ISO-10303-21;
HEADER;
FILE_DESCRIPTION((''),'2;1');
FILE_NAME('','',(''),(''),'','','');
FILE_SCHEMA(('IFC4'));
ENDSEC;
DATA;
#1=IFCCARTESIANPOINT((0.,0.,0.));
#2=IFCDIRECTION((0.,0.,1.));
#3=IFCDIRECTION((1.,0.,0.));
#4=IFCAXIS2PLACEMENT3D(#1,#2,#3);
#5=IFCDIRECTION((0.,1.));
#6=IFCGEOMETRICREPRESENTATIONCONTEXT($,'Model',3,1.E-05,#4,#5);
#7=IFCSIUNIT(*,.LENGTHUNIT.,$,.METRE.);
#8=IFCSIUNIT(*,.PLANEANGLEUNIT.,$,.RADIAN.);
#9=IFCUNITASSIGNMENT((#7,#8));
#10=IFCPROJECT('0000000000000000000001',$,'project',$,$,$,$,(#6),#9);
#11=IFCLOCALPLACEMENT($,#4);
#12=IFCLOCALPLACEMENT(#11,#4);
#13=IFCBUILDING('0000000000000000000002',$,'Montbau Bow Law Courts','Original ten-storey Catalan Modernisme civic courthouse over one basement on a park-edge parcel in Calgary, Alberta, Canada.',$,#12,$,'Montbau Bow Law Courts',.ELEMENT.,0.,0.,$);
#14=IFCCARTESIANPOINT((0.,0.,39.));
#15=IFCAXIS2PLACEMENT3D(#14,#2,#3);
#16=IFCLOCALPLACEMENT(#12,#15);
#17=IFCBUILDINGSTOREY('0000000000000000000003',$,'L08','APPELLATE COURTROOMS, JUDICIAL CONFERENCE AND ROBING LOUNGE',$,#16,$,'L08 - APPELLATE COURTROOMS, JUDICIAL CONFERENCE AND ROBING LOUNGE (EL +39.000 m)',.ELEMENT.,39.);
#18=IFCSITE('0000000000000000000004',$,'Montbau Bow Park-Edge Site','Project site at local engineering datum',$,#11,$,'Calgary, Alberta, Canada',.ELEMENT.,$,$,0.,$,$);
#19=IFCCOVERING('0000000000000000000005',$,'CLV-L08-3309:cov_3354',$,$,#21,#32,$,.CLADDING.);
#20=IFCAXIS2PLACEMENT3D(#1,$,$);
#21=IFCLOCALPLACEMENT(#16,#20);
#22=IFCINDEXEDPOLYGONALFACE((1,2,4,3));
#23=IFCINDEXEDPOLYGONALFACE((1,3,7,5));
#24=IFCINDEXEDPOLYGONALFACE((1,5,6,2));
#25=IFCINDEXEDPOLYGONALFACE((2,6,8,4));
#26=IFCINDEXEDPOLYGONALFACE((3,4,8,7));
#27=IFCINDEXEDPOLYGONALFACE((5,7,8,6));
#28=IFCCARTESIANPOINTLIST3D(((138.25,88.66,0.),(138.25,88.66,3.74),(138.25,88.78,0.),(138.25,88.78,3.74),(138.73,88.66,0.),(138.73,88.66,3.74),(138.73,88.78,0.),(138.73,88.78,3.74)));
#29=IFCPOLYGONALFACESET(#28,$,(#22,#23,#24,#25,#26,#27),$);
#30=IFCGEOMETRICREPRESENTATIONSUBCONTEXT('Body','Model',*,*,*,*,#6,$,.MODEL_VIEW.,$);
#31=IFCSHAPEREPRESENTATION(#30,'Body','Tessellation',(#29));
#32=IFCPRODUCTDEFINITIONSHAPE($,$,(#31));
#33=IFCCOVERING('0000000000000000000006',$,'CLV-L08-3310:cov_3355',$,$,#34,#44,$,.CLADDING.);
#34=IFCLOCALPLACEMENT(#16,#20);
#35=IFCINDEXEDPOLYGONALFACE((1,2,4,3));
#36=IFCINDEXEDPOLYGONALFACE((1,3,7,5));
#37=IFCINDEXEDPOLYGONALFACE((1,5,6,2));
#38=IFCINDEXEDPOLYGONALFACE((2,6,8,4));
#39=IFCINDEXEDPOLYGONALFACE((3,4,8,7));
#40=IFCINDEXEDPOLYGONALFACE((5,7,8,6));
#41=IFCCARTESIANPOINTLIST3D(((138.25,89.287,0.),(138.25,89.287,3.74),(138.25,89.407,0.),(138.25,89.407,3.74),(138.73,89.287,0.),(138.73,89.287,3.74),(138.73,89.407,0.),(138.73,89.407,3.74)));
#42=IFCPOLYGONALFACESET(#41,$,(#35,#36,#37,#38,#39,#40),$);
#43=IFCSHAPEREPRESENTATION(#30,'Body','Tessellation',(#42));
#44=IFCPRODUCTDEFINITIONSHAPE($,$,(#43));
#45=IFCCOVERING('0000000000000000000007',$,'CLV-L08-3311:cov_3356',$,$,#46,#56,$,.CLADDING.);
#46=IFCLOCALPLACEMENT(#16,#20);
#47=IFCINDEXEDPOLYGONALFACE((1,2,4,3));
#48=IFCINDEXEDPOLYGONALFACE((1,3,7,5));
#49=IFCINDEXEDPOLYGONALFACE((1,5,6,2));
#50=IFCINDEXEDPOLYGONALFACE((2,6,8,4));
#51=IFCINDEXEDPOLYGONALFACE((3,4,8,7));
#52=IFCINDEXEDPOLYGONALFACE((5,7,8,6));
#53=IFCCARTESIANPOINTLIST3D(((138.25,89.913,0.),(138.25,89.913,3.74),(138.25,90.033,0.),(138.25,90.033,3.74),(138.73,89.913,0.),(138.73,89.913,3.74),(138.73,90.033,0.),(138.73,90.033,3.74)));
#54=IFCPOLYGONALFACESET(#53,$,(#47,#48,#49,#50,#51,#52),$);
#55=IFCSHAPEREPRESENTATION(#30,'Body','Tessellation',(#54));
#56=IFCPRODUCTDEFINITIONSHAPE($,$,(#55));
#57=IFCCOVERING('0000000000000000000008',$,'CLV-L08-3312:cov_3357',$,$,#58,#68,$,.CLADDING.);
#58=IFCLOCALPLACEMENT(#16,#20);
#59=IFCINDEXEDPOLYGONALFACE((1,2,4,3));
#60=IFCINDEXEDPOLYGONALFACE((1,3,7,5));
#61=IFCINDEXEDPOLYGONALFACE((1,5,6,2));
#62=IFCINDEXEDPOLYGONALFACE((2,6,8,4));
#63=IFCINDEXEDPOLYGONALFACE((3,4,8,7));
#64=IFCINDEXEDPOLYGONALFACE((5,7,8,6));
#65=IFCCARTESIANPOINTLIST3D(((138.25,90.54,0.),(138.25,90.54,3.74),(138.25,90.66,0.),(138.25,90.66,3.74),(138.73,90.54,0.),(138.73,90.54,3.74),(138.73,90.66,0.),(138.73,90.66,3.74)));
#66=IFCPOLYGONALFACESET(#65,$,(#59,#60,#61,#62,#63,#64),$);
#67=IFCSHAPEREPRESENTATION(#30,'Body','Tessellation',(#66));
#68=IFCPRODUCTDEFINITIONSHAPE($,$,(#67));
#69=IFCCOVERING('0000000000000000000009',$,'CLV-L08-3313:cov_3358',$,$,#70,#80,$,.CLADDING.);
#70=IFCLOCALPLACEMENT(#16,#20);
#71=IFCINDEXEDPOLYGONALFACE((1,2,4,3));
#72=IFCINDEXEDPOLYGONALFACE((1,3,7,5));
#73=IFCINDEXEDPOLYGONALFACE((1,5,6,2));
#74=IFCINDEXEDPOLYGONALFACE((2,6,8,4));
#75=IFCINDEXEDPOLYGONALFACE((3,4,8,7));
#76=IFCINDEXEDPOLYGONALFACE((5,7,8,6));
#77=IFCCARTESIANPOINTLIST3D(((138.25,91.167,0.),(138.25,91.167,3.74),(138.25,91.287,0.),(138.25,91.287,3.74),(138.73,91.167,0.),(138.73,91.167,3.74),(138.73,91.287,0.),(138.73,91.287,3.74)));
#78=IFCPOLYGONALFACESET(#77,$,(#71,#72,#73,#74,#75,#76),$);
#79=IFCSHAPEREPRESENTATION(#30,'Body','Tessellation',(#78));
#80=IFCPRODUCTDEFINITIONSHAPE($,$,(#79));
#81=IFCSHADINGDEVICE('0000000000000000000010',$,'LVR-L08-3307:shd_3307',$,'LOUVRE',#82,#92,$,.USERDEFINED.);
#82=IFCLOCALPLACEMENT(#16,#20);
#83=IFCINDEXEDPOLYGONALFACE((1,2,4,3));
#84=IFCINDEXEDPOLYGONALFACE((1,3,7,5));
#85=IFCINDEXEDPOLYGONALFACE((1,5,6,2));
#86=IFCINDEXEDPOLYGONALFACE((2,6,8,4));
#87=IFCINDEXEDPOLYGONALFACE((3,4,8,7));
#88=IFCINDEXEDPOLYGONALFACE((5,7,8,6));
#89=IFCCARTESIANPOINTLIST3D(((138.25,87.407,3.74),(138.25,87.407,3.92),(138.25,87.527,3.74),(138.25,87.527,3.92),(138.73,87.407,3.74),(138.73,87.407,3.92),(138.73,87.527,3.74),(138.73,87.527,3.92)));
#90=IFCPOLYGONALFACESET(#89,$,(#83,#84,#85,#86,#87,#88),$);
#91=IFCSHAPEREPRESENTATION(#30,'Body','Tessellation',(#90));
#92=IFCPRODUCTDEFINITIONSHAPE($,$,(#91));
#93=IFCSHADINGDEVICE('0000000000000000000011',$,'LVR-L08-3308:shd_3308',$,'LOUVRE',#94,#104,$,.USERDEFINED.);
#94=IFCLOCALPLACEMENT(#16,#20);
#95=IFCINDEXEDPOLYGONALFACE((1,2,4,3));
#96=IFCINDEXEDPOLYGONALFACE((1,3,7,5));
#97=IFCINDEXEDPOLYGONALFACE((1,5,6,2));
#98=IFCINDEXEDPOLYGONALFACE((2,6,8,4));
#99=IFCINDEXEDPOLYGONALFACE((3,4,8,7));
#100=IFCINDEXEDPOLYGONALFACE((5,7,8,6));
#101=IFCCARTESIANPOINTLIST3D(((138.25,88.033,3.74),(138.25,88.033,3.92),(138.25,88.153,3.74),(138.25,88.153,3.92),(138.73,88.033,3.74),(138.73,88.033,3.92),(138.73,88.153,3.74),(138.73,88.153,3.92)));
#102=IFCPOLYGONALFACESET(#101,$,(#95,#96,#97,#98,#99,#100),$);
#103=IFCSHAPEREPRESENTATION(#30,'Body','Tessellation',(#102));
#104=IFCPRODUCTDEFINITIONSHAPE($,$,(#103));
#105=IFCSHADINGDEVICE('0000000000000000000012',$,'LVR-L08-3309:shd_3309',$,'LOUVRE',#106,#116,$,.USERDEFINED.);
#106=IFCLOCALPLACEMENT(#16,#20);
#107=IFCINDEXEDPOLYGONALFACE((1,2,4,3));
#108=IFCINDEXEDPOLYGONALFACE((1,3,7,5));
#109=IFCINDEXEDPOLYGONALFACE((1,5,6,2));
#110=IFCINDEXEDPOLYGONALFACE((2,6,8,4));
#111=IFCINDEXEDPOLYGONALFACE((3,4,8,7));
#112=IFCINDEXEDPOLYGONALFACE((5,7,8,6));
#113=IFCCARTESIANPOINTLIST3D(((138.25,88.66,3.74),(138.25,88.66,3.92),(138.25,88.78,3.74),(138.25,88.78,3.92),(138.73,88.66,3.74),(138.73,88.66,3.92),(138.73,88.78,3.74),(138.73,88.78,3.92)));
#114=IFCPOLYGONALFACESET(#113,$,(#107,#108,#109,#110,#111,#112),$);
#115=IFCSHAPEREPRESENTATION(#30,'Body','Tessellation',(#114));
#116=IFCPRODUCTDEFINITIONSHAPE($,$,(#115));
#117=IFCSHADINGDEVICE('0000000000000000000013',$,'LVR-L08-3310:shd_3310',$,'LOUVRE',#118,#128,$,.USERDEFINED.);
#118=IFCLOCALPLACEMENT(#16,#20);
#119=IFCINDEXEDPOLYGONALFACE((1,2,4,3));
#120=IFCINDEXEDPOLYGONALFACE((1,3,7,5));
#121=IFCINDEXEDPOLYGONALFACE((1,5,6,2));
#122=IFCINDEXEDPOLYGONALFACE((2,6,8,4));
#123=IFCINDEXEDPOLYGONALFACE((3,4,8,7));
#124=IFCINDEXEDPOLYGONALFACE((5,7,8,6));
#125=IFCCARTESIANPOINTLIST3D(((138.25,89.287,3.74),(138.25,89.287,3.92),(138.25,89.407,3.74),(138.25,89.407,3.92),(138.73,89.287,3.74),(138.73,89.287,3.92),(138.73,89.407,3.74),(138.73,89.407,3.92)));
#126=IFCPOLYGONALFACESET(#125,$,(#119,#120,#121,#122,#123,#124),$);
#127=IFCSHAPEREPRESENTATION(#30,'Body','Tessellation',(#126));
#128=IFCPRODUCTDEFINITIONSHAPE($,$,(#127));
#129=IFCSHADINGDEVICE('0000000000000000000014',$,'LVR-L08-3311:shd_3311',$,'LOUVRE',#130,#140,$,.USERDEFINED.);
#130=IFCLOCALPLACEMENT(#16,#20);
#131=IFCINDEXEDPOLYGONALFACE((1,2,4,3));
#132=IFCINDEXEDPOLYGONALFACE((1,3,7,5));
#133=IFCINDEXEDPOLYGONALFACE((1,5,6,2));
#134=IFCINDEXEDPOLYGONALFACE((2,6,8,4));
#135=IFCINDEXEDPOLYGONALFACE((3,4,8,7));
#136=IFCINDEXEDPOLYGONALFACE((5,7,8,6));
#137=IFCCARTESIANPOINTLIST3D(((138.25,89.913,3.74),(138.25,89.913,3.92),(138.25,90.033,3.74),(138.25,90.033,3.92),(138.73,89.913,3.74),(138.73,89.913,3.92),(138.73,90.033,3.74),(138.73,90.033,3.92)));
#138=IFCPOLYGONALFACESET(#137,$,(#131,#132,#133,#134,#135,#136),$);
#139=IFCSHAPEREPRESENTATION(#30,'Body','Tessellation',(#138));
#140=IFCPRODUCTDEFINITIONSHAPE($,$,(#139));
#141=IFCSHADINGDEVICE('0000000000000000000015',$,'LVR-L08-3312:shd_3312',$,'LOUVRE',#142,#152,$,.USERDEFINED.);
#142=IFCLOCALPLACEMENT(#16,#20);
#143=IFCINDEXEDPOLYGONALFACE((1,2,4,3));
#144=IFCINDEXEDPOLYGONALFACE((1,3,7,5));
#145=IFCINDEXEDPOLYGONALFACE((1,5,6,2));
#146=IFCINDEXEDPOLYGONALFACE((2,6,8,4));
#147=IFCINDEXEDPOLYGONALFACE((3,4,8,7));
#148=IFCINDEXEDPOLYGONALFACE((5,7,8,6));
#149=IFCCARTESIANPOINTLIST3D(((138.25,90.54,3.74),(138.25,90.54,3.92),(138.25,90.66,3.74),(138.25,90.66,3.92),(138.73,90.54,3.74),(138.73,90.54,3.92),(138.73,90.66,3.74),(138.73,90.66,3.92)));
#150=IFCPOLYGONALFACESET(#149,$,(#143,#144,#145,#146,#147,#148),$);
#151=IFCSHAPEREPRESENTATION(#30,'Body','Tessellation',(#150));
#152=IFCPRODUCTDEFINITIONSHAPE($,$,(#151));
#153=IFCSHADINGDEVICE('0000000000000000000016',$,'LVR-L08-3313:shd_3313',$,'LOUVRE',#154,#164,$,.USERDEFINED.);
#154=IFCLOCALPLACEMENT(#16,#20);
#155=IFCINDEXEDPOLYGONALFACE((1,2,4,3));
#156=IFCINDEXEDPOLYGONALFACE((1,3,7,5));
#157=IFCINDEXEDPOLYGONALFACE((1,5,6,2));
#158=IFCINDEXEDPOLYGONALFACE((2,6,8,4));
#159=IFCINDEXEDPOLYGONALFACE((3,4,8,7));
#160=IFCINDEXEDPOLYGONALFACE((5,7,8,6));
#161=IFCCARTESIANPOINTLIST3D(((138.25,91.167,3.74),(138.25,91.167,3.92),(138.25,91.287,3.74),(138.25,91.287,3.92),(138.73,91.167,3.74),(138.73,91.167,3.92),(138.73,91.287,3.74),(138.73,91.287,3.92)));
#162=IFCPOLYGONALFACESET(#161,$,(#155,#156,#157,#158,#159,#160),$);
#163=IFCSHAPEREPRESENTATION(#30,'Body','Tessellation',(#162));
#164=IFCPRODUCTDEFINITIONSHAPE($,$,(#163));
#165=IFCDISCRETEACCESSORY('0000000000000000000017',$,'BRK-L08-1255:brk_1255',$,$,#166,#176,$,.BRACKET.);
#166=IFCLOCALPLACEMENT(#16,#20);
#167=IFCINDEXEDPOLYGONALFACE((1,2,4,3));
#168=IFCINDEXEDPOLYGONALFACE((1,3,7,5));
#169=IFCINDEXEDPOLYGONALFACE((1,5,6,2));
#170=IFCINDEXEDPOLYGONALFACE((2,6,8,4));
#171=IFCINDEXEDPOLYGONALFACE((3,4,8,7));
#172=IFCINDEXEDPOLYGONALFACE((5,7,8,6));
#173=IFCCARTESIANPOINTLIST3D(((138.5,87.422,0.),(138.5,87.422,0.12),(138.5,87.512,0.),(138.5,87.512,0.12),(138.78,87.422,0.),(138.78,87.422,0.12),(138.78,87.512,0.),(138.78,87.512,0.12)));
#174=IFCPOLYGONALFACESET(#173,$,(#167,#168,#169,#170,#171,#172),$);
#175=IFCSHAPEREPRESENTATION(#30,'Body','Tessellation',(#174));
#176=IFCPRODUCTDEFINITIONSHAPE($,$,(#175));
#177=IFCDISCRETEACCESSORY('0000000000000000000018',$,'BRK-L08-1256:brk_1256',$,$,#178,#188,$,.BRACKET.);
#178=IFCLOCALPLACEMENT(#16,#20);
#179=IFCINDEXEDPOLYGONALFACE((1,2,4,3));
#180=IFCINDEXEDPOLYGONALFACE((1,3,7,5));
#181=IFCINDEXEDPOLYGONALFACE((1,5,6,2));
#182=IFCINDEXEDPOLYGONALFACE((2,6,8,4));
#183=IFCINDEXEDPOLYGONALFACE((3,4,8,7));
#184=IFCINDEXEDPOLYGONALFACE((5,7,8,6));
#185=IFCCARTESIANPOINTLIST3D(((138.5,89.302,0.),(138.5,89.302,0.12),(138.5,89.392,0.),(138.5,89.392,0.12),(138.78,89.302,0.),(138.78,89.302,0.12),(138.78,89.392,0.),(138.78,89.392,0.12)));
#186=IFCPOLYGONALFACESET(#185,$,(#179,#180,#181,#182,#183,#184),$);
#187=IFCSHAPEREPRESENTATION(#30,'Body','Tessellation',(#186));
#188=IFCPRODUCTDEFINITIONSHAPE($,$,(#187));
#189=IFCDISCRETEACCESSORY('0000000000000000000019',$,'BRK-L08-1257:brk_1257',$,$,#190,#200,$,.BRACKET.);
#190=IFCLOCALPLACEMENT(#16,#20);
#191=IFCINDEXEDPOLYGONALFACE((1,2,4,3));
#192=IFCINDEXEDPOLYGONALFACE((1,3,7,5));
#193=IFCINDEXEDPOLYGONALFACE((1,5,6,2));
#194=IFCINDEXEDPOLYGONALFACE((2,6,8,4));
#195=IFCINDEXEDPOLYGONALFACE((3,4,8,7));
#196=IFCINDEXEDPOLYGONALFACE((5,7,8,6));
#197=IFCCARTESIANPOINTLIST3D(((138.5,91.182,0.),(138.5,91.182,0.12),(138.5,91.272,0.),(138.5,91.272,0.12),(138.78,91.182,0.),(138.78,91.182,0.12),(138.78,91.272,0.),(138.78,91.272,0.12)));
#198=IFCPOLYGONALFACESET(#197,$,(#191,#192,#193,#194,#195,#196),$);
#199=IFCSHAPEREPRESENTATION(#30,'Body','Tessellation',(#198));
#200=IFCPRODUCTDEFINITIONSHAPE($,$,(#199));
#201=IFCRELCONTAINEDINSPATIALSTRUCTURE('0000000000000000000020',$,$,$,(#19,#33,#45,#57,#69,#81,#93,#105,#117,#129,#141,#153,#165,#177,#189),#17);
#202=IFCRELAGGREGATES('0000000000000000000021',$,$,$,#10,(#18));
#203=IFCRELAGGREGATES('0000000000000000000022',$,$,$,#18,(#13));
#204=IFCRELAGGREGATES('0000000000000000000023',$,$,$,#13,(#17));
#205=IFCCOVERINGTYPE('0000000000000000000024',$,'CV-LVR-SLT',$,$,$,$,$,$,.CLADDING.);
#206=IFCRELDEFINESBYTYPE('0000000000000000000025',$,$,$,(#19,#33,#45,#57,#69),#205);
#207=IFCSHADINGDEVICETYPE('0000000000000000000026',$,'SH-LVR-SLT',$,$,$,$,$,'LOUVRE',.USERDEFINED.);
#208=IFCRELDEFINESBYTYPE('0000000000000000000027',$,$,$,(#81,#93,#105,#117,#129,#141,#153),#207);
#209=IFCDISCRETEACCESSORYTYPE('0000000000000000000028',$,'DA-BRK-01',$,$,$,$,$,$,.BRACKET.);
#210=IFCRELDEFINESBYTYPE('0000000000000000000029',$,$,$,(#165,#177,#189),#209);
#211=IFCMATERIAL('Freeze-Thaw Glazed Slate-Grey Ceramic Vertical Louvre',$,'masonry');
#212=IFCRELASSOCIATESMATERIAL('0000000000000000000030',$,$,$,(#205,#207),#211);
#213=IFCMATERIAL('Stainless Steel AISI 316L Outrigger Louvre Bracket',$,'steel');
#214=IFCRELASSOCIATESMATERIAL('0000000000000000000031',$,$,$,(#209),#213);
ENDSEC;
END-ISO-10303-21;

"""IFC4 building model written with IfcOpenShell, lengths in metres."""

from ifc_helpers import new_model, si_unit, direction, frame, frame_2d, origin_with_axes, origin_2d_with_axis, place, context, subcontext, project, spatial, rectangle, extrude, material, type_object, element, save


model = new_model("IFC4")

# Units and contexts
model_context = context("Model", 3, precision=1e-05, world=origin_with_axes(), true_north=direction((0.0, 1.0)))
body_context = subcontext(model_context, "Body", "Model", "MODEL_VIEW")
ifc_project = project(units=[si_unit("LENGTHUNIT", "METRE"), si_unit("PLANEANGLEUNIT", "RADIAN")], contexts=[model_context])

# Site, building, storey
site_placement = place(None, origin_with_axes())
site = spatial("IfcSite", under=ifc_project, at=site_placement, Name="Montbau Bow Park-Edge Site", Description="Project site at local engineering datum", LongName="Calgary, Alberta, Canada", CompositionType="ELEMENT", RefElevation=0.0)
building_placement = place(site_placement, origin_with_axes())
building = spatial("IfcBuilding", under=site, at=building_placement, Name="Montbau Bow Law Courts", Description="Original ten-storey Catalan Modernisme civic courthouse over one basement on a park-edge parcel in Calgary, Alberta, Canada.", LongName="Montbau Bow Law Courts", CompositionType="ELEMENT", ElevationOfRefHeight=0.0, ElevationOfTerrain=0.0)
storey_placement = place(building_placement, frame((0.0, 0.0, 39.0), z_axis=(0.0, 0.0, 1.0), x_axis=(1.0, 0.0, 0.0)))
storey = spatial("IfcBuildingStorey", under=building, at=storey_placement, Name="L08", Description="APPELLATE COURTROOMS, JUDICIAL CONFERENCE AND ROBING LOUNGE", LongName="L08 - APPELLATE COURTROOMS, JUDICIAL CONFERENCE AND ROBING LOUNGE (EL +39.000 m)", CompositionType="ELEMENT", Elevation=39.0)

# Coverings
ifc_material_1 = material(Name="Freeze-Thaw Glazed Slate-Grey Ceramic Vertical Louvre", Category="masonry")
covering_type = type_object("IfcCoveringType", Name="CV-LVR-SLT", PredefinedType="CLADDING", material=ifc_material_1)
for number, where, z_axis, x_axis, name in (
    (1, (138.73, 88.72, 39.0), (0.0, 1.0, 0.0), (-1.0, 0.0, 0.0), "CLV-L08-3309:cov_3354"),
    (2, (138.73, 89.347, 39.0), (0.0, 1.0, 0.0), (-1.0, 0.0, 0.0), "CLV-L08-3310:cov_3355"),
    (3, (138.73, 89.973, 39.0), (0.0, 1.0, 0.0), (-1.0, 0.0, 0.0), "CLV-L08-3311:cov_3356"),
    (4, (138.73, 90.6, 39.0), (0.0, 1.0, 0.0), (-1.0, 0.0, 0.0), "CLV-L08-3312:cov_3357"),
    (5, (138.73, 91.227, 39.0), (0.0, 1.0, 0.0), (-1.0, 0.0, 0.0), "CLV-L08-3313:cov_3358"),
):
    element("IfcCovering", number, at=place(None, frame(where, z_axis=z_axis, x_axis=x_axis)), inside=storey, type_object=covering_type, Name=name, PredefinedType="CLADDING", context=body_context, shape_type="SweptSolid", body=[
        extrude(rectangle(XDim=0.48, YDim=3.74, at=frame_2d((0.24, 1.87), x_axis=(1.0, 0.0))), frame((0.0, 0.0, -0.06), z_axis=(0.0, 0.0, 1.0), x_axis=(1.0, 0.0, 0.0)), (0.0, 0.0, 1.0), 0.12),
    ])

# Shading devices
shading_device_type = type_object("IfcShadingDeviceType", Name="SH-LVR-SLT", ElementType="LOUVRE", PredefinedType="USERDEFINED", material=ifc_material_1)
for number, where, z_axis, x_axis, name in (
    (6, (138.49, 87.467, 42.74), (0.0, 0.0, 1.0), (-1.0, 0.0, 0.0), "LVR-L08-3307:shd_3307"),
    (7, (138.49, 88.093, 42.74), (0.0, 0.0, 1.0), (-1.0, 0.0, 0.0), "LVR-L08-3308:shd_3308"),
    (8, (138.49, 88.72, 42.74), (0.0, 0.0, 1.0), (-1.0, 0.0, 0.0), "LVR-L08-3309:shd_3309"),
    (9, (138.49, 89.347, 42.74), (0.0, 0.0, 1.0), (-1.0, 0.0, 0.0), "LVR-L08-3310:shd_3310"),
    (10, (138.49, 89.973, 42.74), (0.0, 0.0, 1.0), (-1.0, 0.0, 0.0), "LVR-L08-3311:shd_3311"),
    (11, (138.49, 90.6, 42.74), (0.0, 0.0, 1.0), (-1.0, 0.0, 0.0), "LVR-L08-3312:shd_3312"),
    (12, (138.49, 91.227, 42.74), (0.0, 0.0, 1.0), (-1.0, 0.0, 0.0), "LVR-L08-3313:shd_3313"),
):
    element("IfcShadingDevice", number, at=place(None, frame(where, z_axis=z_axis, x_axis=x_axis)), inside=storey, type_object=shading_device_type, Name=name, ObjectType="LOUVRE", PredefinedType="USERDEFINED", context=body_context, shape_type="SweptSolid", body=[
        extrude(rectangle(XDim=0.48, YDim=0.12, at=origin_2d_with_axis()), origin_with_axes(), (0.0, 0.0, 1.0), 0.18),
    ])

# Discrete accessories
ifc_material_2 = material(Name="Stainless Steel AISI 316L Outrigger Louvre Bracket", Category="steel")
discrete_accessory_type = type_object("IfcDiscreteAccessoryType", Name="DA-BRK-01", PredefinedType="BRACKET", material=ifc_material_2)
for number, where, z_axis, x_axis, name in (
    (13, (138.64, 87.467, 39.0), (0.0, 0.0, 1.0), (-1.0, 0.0, 0.0), "BRK-L08-1255:brk_1255"),
    (14, (138.64, 89.347, 39.0), (0.0, 0.0, 1.0), (-1.0, 0.0, 0.0), "BRK-L08-1256:brk_1256"),
    (15, (138.64, 91.227, 39.0), (0.0, 0.0, 1.0), (-1.0, 0.0, 0.0), "BRK-L08-1257:brk_1257"),
):
    element("IfcDiscreteAccessory", number, at=place(None, frame(where, z_axis=z_axis, x_axis=x_axis)), inside=storey, type_object=discrete_accessory_type, Name=name, PredefinedType="BRACKET", context=body_context, shape_type="SweptSolid", body=[
        extrude(rectangle(XDim=0.28, YDim=0.09, at=origin_2d_with_axis()), origin_with_axes(), (0.0, 0.0, 1.0), 0.12),
    ])

save(model, "model.ifc")
